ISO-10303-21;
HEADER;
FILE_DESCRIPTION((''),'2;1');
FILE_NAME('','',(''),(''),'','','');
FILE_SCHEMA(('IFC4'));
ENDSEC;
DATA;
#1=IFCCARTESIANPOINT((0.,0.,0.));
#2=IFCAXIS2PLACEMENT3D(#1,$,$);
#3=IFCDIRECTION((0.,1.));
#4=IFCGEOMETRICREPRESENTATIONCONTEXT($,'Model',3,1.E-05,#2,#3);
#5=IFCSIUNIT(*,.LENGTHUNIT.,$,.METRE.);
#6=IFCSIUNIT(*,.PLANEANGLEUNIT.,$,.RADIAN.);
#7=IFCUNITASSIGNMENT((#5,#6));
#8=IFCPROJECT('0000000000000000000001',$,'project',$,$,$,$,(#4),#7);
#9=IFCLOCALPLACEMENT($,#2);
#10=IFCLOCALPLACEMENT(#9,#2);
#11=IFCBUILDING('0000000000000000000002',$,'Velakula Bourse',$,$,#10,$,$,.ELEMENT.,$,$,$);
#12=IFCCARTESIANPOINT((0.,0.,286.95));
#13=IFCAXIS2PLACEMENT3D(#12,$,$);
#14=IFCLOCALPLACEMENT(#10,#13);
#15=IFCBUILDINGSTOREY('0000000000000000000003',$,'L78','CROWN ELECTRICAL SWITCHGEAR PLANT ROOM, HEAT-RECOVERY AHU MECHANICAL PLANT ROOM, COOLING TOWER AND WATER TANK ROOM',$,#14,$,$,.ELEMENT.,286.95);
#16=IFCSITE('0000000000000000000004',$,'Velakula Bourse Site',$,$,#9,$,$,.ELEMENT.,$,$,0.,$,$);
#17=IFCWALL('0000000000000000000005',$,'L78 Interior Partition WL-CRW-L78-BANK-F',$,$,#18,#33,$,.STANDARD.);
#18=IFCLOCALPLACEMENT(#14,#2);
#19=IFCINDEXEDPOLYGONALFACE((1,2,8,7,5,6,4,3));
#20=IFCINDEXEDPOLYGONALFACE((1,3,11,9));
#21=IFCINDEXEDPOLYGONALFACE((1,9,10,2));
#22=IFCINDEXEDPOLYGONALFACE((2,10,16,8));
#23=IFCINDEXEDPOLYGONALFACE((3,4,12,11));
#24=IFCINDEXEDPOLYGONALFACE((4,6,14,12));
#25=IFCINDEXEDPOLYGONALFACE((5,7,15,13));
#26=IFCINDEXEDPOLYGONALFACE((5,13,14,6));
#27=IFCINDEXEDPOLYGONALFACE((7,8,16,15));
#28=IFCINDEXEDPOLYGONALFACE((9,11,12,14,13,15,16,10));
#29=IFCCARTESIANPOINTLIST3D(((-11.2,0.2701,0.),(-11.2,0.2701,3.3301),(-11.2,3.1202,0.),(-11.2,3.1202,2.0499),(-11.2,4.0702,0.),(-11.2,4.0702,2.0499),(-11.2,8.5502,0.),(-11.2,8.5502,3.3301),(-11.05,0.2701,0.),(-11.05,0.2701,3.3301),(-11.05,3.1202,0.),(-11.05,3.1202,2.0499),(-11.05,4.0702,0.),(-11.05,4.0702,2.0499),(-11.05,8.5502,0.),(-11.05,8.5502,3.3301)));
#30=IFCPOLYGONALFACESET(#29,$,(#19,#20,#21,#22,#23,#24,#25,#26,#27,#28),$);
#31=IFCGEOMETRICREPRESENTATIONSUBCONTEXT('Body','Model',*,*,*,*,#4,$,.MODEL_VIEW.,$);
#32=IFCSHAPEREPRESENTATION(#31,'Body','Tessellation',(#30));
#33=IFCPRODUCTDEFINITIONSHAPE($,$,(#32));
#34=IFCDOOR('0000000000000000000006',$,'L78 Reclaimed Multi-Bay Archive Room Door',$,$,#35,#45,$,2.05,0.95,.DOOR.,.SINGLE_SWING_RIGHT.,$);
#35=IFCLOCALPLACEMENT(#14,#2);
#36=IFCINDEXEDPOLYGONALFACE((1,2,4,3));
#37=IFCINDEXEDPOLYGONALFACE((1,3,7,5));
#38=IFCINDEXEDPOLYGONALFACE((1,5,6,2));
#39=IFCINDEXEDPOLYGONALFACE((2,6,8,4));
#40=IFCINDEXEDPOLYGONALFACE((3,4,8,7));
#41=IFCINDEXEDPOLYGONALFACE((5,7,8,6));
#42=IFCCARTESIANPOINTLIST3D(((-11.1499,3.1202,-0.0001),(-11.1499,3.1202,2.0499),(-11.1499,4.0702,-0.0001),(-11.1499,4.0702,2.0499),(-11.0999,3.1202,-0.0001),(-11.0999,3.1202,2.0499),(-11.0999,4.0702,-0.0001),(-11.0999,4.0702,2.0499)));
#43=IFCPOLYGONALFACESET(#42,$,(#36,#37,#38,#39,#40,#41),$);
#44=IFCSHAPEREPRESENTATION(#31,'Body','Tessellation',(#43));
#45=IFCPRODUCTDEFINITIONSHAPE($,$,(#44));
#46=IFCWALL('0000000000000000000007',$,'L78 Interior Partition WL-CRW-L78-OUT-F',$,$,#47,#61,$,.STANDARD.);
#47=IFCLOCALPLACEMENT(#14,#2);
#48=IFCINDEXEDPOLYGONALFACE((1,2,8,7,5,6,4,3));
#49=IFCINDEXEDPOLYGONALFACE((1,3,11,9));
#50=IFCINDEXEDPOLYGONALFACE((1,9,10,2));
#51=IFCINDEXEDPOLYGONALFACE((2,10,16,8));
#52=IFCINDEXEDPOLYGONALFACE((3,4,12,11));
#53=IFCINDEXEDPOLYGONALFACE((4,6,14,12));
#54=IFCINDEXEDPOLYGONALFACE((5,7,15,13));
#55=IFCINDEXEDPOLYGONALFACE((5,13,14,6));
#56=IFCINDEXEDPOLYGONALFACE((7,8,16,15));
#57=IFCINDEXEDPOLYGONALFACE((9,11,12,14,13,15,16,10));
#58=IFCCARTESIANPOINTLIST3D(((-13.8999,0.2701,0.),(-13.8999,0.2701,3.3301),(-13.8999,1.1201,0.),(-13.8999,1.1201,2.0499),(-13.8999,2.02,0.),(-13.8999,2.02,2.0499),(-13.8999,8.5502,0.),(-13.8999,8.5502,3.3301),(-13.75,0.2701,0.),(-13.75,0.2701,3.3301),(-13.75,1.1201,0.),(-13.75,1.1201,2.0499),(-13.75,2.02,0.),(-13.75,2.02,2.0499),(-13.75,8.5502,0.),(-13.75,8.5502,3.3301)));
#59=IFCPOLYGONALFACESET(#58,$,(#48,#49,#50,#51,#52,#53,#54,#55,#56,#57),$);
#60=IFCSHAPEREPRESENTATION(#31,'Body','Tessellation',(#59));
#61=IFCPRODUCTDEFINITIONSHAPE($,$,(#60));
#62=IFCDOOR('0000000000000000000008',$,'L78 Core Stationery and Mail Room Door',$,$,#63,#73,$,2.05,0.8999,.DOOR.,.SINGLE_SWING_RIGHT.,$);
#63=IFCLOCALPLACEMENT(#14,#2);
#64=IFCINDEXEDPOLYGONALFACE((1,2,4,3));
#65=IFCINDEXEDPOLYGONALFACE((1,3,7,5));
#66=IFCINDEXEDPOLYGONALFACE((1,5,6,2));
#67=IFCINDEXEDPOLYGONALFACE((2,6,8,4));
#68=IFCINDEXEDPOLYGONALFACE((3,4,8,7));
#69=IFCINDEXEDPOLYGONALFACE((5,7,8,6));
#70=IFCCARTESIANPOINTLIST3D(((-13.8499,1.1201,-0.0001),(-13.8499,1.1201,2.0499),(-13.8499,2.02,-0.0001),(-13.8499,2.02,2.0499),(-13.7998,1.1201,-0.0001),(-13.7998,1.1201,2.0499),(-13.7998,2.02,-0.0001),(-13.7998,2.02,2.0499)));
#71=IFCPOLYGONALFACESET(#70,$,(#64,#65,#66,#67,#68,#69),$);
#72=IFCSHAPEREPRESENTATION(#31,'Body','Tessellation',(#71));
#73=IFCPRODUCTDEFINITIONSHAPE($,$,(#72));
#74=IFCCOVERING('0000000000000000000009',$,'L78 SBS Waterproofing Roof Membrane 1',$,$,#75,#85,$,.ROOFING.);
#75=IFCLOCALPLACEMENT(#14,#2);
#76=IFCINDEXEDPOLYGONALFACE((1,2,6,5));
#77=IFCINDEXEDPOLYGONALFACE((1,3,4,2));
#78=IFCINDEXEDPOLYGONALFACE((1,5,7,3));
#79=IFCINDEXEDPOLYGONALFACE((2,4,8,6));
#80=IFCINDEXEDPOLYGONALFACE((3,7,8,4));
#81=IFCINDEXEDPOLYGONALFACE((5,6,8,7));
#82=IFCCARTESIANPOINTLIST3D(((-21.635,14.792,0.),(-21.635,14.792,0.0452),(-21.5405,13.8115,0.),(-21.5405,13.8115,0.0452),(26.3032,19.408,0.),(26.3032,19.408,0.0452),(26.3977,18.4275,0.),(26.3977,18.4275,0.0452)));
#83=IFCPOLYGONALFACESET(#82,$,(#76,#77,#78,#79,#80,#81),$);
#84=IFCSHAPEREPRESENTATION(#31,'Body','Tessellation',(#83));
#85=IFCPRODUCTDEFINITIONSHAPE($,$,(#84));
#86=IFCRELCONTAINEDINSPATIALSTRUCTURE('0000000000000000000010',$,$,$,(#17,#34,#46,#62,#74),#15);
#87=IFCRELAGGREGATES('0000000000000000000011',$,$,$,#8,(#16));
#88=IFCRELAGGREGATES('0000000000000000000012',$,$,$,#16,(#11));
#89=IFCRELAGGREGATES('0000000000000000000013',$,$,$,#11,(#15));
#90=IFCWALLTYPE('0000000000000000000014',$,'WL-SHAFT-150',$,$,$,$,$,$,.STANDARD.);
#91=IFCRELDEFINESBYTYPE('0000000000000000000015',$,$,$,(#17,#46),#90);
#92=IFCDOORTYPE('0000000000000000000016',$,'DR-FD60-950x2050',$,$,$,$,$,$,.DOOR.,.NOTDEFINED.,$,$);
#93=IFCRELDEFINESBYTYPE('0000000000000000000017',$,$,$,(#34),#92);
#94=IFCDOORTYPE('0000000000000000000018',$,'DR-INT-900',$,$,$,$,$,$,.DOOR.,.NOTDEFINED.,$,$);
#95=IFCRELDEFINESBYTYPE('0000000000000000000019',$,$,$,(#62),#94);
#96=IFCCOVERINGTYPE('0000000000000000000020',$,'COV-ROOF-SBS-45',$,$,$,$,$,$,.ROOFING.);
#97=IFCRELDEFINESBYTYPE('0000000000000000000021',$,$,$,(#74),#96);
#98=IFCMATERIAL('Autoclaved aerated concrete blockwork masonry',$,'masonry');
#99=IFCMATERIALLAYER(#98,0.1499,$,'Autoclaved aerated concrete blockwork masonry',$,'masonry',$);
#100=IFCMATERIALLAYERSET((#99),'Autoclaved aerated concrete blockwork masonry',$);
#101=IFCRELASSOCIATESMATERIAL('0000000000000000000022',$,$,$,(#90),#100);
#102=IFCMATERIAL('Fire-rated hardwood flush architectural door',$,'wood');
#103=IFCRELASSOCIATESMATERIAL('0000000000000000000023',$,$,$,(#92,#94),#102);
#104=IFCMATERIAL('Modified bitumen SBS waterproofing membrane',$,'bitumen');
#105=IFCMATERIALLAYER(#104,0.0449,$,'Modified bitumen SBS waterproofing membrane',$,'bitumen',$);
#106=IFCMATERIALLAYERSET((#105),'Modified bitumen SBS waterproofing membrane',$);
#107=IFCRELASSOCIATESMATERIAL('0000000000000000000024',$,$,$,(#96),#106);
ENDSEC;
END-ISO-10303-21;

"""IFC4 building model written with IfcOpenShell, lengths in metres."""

from ifc_helpers import new_model, si_unit, direction, frame, frame_2d, origin, place, context, subcontext, project, spatial, polyline, rectangle, outline, extrude, material, layer, layer_set, type_object, element, fill, save


model = new_model("IFC4")

# Units and contexts
model_context = context("Model", 3, precision=1e-05, world=origin(), true_north=direction((0.0, 1.0)))
body_context = subcontext(model_context, "Body", "Model", "MODEL_VIEW")
ifc_project = project(units=[si_unit("LENGTHUNIT", "METRE"), si_unit("PLANEANGLEUNIT", "RADIAN")], contexts=[model_context])

# Site, building, storey
site_placement = place(None, origin())
site = spatial("IfcSite", under=ifc_project, at=site_placement, Name="Velakula Bourse Site", CompositionType="ELEMENT", RefElevation=0.0)
building_placement = place(site_placement, origin())
building = spatial("IfcBuilding", under=site, at=building_placement, Name="Velakula Bourse", CompositionType="ELEMENT")
storey_placement = place(building_placement, frame((0.0, 0.0, 286.95)))
storey = spatial("IfcBuildingStorey", under=building, at=storey_placement, Name="L78", Description="CROWN ELECTRICAL SWITCHGEAR PLANT ROOM, HEAT-RECOVERY AHU MECHANICAL PLANT ROOM, COOLING TOWER AND WATER TANK ROOM", CompositionType="ELEMENT", Elevation=286.95)

# Shared definitions
ifc_material_1 = material(Name="Fire-rated hardwood flush architectural door", Category="wood")

# Walls, openings, doors
ifc_material_2 = material(Name="Autoclaved aerated concrete blockwork masonry", Category="masonry")
ifc_layer_1 = layer(ifc_material_2, 0.1499, Name="Autoclaved aerated concrete blockwork masonry", Category="masonry")
ifc_layer_set_1 = layer_set([ifc_layer_1], Name="Autoclaved aerated concrete blockwork masonry")
wall_type_1 = type_object("IfcWallType", Name="WL-SHAFT-150", PredefinedType="STANDARD", material=ifc_layer_set_1)
wall_1_placement = place(storey_placement, frame((-11.125, 0.27, 0.0), z_axis=(0.0, 0.0, 1.0), x_axis=(0.0, 1.0, 0.0)))
wall_1 = element("IfcWall", 1, at=wall_1_placement, inside=storey, type_object=wall_type_1, Name="L78 Interior Partition WL-CRW-L78-BANK-F", PredefinedType="STANDARD", context=body_context, shape_type="SweptSolid", body=[
    extrude(rectangle(XDim=8.28, YDim=0.1499, at=frame_2d((4.1401, 0.0))), origin(), (0.0, 0.0, 1.0), 3.3301),
])
opening_1_placement = place(wall_1_placement, frame((2.8501, 0.0, 0.0)))
opening_1 = element("IfcOpeningElement", 2, at=opening_1_placement, cuts=wall_1, PredefinedType="OPENING", context=body_context, shape_type="SweptSolid", body=[
    extrude(rectangle(XDim=0.95, YDim=2.05, at=frame_2d((0.4751, 1.0249))), frame((0.0, 0.085, 0.0), z_axis=(0.0, -1.0, 0.0), x_axis=(1.0, 0.0, 0.0)), (0.0, 0.0, 1.0), 0.1699),
])
door_type_1 = type_object("IfcDoorType", Name="DR-FD60-950x2050", OperationType="NOTDEFINED", PredefinedType="DOOR", material=ifc_material_1)
door_1_placement = place(opening_1_placement, origin())
door_1 = element("IfcDoor", 3, at=door_1_placement, inside=storey, type_object=door_type_1, Name="L78 Reclaimed Multi-Bay Archive Room Door", OperationType="SINGLE_SWING_RIGHT", OverallHeight=2.05, OverallWidth=0.95, PredefinedType="DOOR", context=body_context, shape_type="SweptSolid", body=[
    extrude(rectangle(XDim=0.95, YDim=2.05, at=frame_2d((0.4751, 1.0249))), frame((0.0, 0.0249, 0.0), z_axis=(0.0, -1.0, 0.0), x_axis=(1.0, 0.0, 0.0)), (0.0, 0.0, 1.0), 0.05),
])
fill(opening_1, door_1)
wall_2_placement = place(storey_placement, frame((-13.825, 0.27, 0.0), z_axis=(0.0, 0.0, 1.0), x_axis=(0.0, 1.0, 0.0)))
wall_2 = element("IfcWall", 4, at=wall_2_placement, inside=storey, type_object=wall_type_1, Name="L78 Interior Partition WL-CRW-L78-OUT-F", PredefinedType="STANDARD", context=body_context, shape_type="SweptSolid", body=[
    extrude(rectangle(XDim=8.28, YDim=0.1499, at=frame_2d((4.1401, 0.0))), origin(), (0.0, 0.0, 1.0), 3.3301),
])
opening_2_placement = place(wall_2_placement, frame((0.8501, 0.0, 0.0)))
opening_2 = element("IfcOpeningElement", 5, at=opening_2_placement, cuts=wall_2, PredefinedType="OPENING", context=body_context, shape_type="SweptSolid", body=[
    extrude(rectangle(XDim=0.8999, YDim=2.05, at=frame_2d((0.45, 1.0249))), frame((0.0, 0.085, 0.0), z_axis=(0.0, -1.0, 0.0), x_axis=(1.0, 0.0, 0.0)), (0.0, 0.0, 1.0), 0.1699),
])
door_type_2 = type_object("IfcDoorType", Name="DR-INT-900", OperationType="NOTDEFINED", PredefinedType="DOOR", material=ifc_material_1)
door_2_placement = place(opening_2_placement, origin())
door_2 = element("IfcDoor", 6, at=door_2_placement, inside=storey, type_object=door_type_2, Name="L78 Core Stationery and Mail Room Door", OperationType="SINGLE_SWING_RIGHT", OverallHeight=2.05, OverallWidth=0.8999, PredefinedType="DOOR", context=body_context, shape_type="SweptSolid", body=[
    extrude(rectangle(XDim=0.8999, YDim=2.05, at=frame_2d((0.45, 1.0249))), frame((0.0, 0.0249, 0.0), z_axis=(0.0, -1.0, 0.0), x_axis=(1.0, 0.0, 0.0)), (0.0, 0.0, 1.0), 0.05),
])
fill(opening_2, door_2)

# Covering
ifc_material_3 = material(Name="Modified bitumen SBS waterproofing membrane", Category="bitumen")
ifc_layer_2 = layer(ifc_material_3, 0.0449, Name="Modified bitumen SBS waterproofing membrane", Category="bitumen")
ifc_layer_set_2 = layer_set([ifc_layer_2], Name="Modified bitumen SBS waterproofing membrane")
covering_type = type_object("IfcCoveringType", Name="COV-ROOF-SBS-45", PredefinedType="ROOFING", material=ifc_layer_set_2)
covering_placement = place(storey_placement, origin())
element("IfcCovering", 7, at=covering_placement, inside=storey, type_object=covering_type, Name="L78 SBS Waterproofing Roof Membrane 1", PredefinedType="ROOFING", context=body_context, shape_type="SweptSolid", body=[
    extrude(outline(polyline([(-21.5405, 13.8115), (-21.635, 14.792), (26.3032, 19.408), (26.3977, 18.4275), (-21.5405, 13.8115)])), origin(), (0.0, 0.0, 1.0), 0.0452),
])

save(model, "model.ifc")
